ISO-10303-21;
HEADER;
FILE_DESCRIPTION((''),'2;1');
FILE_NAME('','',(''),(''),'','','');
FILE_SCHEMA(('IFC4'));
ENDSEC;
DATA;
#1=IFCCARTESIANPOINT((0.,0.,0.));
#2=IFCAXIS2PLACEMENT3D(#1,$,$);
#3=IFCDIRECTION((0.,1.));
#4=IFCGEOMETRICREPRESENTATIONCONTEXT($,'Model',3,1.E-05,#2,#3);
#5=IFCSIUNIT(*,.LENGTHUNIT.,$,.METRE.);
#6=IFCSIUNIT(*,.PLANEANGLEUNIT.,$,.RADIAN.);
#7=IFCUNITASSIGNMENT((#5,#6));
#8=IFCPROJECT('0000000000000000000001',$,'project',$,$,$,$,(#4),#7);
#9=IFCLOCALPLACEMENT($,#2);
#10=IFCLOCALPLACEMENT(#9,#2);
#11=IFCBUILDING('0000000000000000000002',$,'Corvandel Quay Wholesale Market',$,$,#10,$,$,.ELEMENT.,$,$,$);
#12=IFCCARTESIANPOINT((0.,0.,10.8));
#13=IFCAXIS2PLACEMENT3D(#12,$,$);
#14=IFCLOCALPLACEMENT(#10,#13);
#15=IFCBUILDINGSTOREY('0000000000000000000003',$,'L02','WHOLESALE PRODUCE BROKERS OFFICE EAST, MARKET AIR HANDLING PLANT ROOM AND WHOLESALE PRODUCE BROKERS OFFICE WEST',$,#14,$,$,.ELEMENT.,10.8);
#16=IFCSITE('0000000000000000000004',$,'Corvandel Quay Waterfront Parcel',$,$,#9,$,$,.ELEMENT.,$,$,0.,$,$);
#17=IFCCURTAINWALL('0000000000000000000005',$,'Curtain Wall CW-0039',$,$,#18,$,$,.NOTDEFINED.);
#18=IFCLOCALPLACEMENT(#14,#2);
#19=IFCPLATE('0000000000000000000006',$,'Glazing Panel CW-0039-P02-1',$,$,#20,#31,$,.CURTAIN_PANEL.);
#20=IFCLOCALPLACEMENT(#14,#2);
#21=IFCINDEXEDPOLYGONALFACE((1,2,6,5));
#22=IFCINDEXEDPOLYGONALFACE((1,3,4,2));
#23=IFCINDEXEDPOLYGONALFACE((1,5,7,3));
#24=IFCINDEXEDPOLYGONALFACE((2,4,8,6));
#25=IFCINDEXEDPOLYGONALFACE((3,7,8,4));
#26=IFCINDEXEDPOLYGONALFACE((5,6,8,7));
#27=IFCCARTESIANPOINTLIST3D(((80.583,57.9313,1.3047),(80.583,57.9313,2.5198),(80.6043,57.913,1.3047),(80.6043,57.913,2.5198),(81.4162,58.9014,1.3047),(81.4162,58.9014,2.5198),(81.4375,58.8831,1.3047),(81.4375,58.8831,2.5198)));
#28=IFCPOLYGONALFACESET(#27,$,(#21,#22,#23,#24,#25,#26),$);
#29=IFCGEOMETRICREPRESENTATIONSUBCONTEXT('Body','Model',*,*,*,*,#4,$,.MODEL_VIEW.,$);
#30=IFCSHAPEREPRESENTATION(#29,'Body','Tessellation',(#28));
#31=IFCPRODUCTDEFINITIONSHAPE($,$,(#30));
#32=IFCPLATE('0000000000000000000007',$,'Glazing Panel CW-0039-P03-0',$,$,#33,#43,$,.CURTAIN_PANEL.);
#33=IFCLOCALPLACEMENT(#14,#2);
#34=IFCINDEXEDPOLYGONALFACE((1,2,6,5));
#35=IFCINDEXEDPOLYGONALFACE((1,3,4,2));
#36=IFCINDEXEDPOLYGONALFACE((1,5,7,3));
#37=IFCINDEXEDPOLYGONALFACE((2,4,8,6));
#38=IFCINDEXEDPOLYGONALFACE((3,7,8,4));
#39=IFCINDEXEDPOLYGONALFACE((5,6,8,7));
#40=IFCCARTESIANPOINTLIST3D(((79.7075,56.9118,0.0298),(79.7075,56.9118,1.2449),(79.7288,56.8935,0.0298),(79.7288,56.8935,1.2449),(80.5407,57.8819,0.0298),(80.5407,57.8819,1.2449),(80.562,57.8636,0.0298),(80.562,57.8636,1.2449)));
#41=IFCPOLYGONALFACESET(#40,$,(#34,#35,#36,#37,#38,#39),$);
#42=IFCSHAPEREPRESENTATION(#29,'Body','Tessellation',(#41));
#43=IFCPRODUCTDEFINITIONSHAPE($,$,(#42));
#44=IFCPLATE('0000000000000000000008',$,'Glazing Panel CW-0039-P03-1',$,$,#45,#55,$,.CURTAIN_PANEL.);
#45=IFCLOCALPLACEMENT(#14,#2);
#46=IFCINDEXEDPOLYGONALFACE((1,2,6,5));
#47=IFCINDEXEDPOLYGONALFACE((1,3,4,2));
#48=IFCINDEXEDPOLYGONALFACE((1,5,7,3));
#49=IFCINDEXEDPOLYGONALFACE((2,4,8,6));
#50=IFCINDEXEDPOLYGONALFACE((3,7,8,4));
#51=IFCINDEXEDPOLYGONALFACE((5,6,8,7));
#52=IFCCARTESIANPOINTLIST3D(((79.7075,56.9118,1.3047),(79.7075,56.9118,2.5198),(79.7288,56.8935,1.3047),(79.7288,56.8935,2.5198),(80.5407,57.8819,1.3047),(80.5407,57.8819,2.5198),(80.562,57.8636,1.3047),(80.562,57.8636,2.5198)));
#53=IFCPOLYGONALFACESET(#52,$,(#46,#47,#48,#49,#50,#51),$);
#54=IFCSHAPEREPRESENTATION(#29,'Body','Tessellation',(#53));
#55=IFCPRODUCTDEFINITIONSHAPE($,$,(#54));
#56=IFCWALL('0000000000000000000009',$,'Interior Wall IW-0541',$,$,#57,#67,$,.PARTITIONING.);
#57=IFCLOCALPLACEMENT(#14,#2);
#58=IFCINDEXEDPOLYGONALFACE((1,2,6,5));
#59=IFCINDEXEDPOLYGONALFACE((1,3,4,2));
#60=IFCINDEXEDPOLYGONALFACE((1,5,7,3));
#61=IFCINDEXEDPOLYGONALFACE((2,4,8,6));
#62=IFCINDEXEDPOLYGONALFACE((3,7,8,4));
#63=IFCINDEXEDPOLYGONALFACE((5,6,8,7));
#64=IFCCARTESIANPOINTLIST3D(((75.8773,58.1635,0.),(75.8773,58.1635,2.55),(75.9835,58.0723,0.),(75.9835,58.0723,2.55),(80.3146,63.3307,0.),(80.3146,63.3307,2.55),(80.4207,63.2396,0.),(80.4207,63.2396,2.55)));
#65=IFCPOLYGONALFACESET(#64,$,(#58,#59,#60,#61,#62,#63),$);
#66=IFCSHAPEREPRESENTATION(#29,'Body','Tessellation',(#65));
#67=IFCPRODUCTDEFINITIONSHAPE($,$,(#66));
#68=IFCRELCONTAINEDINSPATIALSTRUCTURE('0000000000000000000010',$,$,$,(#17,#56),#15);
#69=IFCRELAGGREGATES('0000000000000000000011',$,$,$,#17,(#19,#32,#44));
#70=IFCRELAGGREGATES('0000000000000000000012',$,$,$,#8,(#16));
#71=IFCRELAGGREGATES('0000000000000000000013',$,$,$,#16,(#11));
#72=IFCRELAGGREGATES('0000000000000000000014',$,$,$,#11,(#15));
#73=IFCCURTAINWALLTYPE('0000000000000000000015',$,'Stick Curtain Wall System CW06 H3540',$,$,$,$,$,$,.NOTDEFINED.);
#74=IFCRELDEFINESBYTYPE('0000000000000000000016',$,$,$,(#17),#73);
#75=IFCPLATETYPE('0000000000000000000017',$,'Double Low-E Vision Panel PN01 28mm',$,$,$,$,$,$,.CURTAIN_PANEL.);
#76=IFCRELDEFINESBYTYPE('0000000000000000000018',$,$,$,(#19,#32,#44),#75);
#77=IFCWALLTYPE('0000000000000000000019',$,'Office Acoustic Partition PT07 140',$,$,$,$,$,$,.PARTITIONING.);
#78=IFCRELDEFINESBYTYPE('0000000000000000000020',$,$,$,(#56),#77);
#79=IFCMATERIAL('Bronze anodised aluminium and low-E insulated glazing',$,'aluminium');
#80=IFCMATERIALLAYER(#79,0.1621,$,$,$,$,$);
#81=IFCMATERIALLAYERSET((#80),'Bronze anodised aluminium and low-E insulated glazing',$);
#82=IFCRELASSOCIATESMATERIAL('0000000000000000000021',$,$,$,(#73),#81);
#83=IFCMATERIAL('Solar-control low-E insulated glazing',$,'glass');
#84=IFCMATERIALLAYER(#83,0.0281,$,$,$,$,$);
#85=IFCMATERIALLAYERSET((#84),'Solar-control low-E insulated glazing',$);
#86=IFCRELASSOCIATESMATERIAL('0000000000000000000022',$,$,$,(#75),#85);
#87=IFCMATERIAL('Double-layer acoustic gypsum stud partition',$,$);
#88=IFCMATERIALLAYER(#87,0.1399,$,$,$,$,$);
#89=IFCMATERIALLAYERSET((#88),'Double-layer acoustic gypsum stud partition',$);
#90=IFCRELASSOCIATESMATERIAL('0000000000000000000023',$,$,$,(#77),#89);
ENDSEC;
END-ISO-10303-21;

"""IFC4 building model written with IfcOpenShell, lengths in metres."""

from ifc_helpers import new_model, si_unit, direction, frame, frame_2d, origin, origin_2d, place, context, subcontext, project, spatial, rectangle, extrude, material, layer, layer_set, type_object, element, aggregate, save


model = new_model("IFC4")

# Units and contexts
model_context = context("Model", 3, precision=1e-05, world=origin(), true_north=direction((0.0, 1.0)))
body_context = subcontext(model_context, "Body", "Model", "MODEL_VIEW")
ifc_project = project(units=[si_unit("LENGTHUNIT", "METRE"), si_unit("PLANEANGLEUNIT", "RADIAN")], contexts=[model_context])

# Site, building, storey
site_placement = place(None, origin())
site = spatial("IfcSite", under=ifc_project, at=site_placement, Name="Corvandel Quay Waterfront Parcel", CompositionType="ELEMENT", RefElevation=0.0)
building_placement = place(site_placement, origin())
building = spatial("IfcBuilding", under=site, at=building_placement, Name="Corvandel Quay Wholesale Market", CompositionType="ELEMENT")
storey_placement = place(building_placement, frame((0.0, 0.0, 10.8)))
storey = spatial("IfcBuildingStorey", under=building, at=storey_placement, Name="L02", Description="WHOLESALE PRODUCE BROKERS OFFICE EAST, MARKET AIR HANDLING PLANT ROOM AND WHOLESALE PRODUCE BROKERS OFFICE WEST", CompositionType="ELEMENT", Elevation=10.8)

# Shared definitions
ifc_material_1 = material(Name="Bronze anodised aluminium and low-E insulated glazing", Category="aluminium")

# Curtain wall
ifc_layer_1 = layer(ifc_material_1, 0.1621)
ifc_layer_set_1 = layer_set([ifc_layer_1], Name="Bronze anodised aluminium and low-E insulated glazing")
curtain_wall_type_1 = type_object("IfcCurtainWallType", Name="Stick Curtain Wall System CW06 H3540", PredefinedType="NOTDEFINED", material=ifc_layer_set_1)
curtain_wall_1_placement = place(storey_placement, origin())
curtain_wall_1 = element("IfcCurtainWall", 1, at=curtain_wall_1_placement, inside=storey, type_object=curtain_wall_type_1, Name="Curtain Wall CW-0039", PredefinedType="NOTDEFINED")

# Plates
ifc_material_2 = material(Name="Solar-control low-E insulated glazing", Category="glass")
ifc_layer_2 = layer(ifc_material_2, 0.0281)
ifc_layer_set_2 = layer_set([ifc_layer_2], Name="Solar-control low-E insulated glazing")
plate_type = type_object("IfcPlateType", Name="Double Low-E Vision Panel PN01 28mm", PredefinedType="CURTAIN_PANEL", material=ifc_layer_set_2)
plate_1_placement = place(storey_placement, frame((81.0103, 58.4072, 1.3047), z_axis=(0.0, 0.0, 1.0), x_axis=(0.651569, 0.758589, 0.0)))
plate_1 = element("IfcPlate", 2, at=plate_1_placement, type_object=plate_type, Name="Glazing Panel CW-0039-P02-1", PredefinedType="CURTAIN_PANEL", context=body_context, shape_type="SweptSolid", body=[
    extrude(rectangle(XDim=1.2788, YDim=0.0281, at=origin_2d()), origin(), (0.0, 0.0, 1.0), 1.2151),
])
plate_2_placement = place(storey_placement, frame((80.1348, 57.3877, 0.0298), z_axis=(0.0, 0.0, 1.0), x_axis=(0.651569, 0.758589, 0.0)))
plate_2 = element("IfcPlate", 3, at=plate_2_placement, type_object=plate_type, Name="Glazing Panel CW-0039-P03-0", PredefinedType="CURTAIN_PANEL", context=body_context, shape_type="SweptSolid", body=[
    extrude(rectangle(XDim=1.2788, YDim=0.0281, at=origin_2d()), origin(), (0.0, 0.0, 1.0), 1.2151),
])
plate_3_placement = place(storey_placement, frame((80.1348, 57.3877, 1.3047), z_axis=(0.0, 0.0, 1.0), x_axis=(0.651569, 0.758589, 0.0)))
plate_3 = element("IfcPlate", 4, at=plate_3_placement, type_object=plate_type, Name="Glazing Panel CW-0039-P03-1", PredefinedType="CURTAIN_PANEL", context=body_context, shape_type="SweptSolid", body=[
    extrude(rectangle(XDim=1.2788, YDim=0.0281, at=origin_2d()), origin(), (0.0, 0.0, 1.0), 1.2151),
])
aggregate(curtain_wall_1, [plate_1, plate_2, plate_3])

# Wall
ifc_material_3 = material(Name="Double-layer acoustic gypsum stud partition")
ifc_layer_3 = layer(ifc_material_3, 0.1399)
ifc_layer_set_3 = layer_set([ifc_layer_3], Name="Double-layer acoustic gypsum stud partition")
wall_type = type_object("IfcWallType", Name="Office Acoustic Partition PT07 140", PredefinedType="PARTITIONING", material=ifc_layer_set_3)
wall_placement = place(storey_placement, frame((80.3677, 63.2852, 0.0), z_axis=(0.0, 0.0, 1.0), x_axis=(-0.651485, -0.758662, 0.0)))
element("IfcWall", 5, at=wall_placement, inside=storey, type_object=wall_type, Name="Interior Wall IW-0541", PredefinedType="PARTITIONING", context=body_context, shape_type="SweptSolid", body=[
    extrude(rectangle(XDim=6.811, YDim=0.1399, at=frame_2d((3.4055, 0.0))), origin(), (0.0, 0.0, 1.0), 2.55),
])

save(model, "model.ifc")
